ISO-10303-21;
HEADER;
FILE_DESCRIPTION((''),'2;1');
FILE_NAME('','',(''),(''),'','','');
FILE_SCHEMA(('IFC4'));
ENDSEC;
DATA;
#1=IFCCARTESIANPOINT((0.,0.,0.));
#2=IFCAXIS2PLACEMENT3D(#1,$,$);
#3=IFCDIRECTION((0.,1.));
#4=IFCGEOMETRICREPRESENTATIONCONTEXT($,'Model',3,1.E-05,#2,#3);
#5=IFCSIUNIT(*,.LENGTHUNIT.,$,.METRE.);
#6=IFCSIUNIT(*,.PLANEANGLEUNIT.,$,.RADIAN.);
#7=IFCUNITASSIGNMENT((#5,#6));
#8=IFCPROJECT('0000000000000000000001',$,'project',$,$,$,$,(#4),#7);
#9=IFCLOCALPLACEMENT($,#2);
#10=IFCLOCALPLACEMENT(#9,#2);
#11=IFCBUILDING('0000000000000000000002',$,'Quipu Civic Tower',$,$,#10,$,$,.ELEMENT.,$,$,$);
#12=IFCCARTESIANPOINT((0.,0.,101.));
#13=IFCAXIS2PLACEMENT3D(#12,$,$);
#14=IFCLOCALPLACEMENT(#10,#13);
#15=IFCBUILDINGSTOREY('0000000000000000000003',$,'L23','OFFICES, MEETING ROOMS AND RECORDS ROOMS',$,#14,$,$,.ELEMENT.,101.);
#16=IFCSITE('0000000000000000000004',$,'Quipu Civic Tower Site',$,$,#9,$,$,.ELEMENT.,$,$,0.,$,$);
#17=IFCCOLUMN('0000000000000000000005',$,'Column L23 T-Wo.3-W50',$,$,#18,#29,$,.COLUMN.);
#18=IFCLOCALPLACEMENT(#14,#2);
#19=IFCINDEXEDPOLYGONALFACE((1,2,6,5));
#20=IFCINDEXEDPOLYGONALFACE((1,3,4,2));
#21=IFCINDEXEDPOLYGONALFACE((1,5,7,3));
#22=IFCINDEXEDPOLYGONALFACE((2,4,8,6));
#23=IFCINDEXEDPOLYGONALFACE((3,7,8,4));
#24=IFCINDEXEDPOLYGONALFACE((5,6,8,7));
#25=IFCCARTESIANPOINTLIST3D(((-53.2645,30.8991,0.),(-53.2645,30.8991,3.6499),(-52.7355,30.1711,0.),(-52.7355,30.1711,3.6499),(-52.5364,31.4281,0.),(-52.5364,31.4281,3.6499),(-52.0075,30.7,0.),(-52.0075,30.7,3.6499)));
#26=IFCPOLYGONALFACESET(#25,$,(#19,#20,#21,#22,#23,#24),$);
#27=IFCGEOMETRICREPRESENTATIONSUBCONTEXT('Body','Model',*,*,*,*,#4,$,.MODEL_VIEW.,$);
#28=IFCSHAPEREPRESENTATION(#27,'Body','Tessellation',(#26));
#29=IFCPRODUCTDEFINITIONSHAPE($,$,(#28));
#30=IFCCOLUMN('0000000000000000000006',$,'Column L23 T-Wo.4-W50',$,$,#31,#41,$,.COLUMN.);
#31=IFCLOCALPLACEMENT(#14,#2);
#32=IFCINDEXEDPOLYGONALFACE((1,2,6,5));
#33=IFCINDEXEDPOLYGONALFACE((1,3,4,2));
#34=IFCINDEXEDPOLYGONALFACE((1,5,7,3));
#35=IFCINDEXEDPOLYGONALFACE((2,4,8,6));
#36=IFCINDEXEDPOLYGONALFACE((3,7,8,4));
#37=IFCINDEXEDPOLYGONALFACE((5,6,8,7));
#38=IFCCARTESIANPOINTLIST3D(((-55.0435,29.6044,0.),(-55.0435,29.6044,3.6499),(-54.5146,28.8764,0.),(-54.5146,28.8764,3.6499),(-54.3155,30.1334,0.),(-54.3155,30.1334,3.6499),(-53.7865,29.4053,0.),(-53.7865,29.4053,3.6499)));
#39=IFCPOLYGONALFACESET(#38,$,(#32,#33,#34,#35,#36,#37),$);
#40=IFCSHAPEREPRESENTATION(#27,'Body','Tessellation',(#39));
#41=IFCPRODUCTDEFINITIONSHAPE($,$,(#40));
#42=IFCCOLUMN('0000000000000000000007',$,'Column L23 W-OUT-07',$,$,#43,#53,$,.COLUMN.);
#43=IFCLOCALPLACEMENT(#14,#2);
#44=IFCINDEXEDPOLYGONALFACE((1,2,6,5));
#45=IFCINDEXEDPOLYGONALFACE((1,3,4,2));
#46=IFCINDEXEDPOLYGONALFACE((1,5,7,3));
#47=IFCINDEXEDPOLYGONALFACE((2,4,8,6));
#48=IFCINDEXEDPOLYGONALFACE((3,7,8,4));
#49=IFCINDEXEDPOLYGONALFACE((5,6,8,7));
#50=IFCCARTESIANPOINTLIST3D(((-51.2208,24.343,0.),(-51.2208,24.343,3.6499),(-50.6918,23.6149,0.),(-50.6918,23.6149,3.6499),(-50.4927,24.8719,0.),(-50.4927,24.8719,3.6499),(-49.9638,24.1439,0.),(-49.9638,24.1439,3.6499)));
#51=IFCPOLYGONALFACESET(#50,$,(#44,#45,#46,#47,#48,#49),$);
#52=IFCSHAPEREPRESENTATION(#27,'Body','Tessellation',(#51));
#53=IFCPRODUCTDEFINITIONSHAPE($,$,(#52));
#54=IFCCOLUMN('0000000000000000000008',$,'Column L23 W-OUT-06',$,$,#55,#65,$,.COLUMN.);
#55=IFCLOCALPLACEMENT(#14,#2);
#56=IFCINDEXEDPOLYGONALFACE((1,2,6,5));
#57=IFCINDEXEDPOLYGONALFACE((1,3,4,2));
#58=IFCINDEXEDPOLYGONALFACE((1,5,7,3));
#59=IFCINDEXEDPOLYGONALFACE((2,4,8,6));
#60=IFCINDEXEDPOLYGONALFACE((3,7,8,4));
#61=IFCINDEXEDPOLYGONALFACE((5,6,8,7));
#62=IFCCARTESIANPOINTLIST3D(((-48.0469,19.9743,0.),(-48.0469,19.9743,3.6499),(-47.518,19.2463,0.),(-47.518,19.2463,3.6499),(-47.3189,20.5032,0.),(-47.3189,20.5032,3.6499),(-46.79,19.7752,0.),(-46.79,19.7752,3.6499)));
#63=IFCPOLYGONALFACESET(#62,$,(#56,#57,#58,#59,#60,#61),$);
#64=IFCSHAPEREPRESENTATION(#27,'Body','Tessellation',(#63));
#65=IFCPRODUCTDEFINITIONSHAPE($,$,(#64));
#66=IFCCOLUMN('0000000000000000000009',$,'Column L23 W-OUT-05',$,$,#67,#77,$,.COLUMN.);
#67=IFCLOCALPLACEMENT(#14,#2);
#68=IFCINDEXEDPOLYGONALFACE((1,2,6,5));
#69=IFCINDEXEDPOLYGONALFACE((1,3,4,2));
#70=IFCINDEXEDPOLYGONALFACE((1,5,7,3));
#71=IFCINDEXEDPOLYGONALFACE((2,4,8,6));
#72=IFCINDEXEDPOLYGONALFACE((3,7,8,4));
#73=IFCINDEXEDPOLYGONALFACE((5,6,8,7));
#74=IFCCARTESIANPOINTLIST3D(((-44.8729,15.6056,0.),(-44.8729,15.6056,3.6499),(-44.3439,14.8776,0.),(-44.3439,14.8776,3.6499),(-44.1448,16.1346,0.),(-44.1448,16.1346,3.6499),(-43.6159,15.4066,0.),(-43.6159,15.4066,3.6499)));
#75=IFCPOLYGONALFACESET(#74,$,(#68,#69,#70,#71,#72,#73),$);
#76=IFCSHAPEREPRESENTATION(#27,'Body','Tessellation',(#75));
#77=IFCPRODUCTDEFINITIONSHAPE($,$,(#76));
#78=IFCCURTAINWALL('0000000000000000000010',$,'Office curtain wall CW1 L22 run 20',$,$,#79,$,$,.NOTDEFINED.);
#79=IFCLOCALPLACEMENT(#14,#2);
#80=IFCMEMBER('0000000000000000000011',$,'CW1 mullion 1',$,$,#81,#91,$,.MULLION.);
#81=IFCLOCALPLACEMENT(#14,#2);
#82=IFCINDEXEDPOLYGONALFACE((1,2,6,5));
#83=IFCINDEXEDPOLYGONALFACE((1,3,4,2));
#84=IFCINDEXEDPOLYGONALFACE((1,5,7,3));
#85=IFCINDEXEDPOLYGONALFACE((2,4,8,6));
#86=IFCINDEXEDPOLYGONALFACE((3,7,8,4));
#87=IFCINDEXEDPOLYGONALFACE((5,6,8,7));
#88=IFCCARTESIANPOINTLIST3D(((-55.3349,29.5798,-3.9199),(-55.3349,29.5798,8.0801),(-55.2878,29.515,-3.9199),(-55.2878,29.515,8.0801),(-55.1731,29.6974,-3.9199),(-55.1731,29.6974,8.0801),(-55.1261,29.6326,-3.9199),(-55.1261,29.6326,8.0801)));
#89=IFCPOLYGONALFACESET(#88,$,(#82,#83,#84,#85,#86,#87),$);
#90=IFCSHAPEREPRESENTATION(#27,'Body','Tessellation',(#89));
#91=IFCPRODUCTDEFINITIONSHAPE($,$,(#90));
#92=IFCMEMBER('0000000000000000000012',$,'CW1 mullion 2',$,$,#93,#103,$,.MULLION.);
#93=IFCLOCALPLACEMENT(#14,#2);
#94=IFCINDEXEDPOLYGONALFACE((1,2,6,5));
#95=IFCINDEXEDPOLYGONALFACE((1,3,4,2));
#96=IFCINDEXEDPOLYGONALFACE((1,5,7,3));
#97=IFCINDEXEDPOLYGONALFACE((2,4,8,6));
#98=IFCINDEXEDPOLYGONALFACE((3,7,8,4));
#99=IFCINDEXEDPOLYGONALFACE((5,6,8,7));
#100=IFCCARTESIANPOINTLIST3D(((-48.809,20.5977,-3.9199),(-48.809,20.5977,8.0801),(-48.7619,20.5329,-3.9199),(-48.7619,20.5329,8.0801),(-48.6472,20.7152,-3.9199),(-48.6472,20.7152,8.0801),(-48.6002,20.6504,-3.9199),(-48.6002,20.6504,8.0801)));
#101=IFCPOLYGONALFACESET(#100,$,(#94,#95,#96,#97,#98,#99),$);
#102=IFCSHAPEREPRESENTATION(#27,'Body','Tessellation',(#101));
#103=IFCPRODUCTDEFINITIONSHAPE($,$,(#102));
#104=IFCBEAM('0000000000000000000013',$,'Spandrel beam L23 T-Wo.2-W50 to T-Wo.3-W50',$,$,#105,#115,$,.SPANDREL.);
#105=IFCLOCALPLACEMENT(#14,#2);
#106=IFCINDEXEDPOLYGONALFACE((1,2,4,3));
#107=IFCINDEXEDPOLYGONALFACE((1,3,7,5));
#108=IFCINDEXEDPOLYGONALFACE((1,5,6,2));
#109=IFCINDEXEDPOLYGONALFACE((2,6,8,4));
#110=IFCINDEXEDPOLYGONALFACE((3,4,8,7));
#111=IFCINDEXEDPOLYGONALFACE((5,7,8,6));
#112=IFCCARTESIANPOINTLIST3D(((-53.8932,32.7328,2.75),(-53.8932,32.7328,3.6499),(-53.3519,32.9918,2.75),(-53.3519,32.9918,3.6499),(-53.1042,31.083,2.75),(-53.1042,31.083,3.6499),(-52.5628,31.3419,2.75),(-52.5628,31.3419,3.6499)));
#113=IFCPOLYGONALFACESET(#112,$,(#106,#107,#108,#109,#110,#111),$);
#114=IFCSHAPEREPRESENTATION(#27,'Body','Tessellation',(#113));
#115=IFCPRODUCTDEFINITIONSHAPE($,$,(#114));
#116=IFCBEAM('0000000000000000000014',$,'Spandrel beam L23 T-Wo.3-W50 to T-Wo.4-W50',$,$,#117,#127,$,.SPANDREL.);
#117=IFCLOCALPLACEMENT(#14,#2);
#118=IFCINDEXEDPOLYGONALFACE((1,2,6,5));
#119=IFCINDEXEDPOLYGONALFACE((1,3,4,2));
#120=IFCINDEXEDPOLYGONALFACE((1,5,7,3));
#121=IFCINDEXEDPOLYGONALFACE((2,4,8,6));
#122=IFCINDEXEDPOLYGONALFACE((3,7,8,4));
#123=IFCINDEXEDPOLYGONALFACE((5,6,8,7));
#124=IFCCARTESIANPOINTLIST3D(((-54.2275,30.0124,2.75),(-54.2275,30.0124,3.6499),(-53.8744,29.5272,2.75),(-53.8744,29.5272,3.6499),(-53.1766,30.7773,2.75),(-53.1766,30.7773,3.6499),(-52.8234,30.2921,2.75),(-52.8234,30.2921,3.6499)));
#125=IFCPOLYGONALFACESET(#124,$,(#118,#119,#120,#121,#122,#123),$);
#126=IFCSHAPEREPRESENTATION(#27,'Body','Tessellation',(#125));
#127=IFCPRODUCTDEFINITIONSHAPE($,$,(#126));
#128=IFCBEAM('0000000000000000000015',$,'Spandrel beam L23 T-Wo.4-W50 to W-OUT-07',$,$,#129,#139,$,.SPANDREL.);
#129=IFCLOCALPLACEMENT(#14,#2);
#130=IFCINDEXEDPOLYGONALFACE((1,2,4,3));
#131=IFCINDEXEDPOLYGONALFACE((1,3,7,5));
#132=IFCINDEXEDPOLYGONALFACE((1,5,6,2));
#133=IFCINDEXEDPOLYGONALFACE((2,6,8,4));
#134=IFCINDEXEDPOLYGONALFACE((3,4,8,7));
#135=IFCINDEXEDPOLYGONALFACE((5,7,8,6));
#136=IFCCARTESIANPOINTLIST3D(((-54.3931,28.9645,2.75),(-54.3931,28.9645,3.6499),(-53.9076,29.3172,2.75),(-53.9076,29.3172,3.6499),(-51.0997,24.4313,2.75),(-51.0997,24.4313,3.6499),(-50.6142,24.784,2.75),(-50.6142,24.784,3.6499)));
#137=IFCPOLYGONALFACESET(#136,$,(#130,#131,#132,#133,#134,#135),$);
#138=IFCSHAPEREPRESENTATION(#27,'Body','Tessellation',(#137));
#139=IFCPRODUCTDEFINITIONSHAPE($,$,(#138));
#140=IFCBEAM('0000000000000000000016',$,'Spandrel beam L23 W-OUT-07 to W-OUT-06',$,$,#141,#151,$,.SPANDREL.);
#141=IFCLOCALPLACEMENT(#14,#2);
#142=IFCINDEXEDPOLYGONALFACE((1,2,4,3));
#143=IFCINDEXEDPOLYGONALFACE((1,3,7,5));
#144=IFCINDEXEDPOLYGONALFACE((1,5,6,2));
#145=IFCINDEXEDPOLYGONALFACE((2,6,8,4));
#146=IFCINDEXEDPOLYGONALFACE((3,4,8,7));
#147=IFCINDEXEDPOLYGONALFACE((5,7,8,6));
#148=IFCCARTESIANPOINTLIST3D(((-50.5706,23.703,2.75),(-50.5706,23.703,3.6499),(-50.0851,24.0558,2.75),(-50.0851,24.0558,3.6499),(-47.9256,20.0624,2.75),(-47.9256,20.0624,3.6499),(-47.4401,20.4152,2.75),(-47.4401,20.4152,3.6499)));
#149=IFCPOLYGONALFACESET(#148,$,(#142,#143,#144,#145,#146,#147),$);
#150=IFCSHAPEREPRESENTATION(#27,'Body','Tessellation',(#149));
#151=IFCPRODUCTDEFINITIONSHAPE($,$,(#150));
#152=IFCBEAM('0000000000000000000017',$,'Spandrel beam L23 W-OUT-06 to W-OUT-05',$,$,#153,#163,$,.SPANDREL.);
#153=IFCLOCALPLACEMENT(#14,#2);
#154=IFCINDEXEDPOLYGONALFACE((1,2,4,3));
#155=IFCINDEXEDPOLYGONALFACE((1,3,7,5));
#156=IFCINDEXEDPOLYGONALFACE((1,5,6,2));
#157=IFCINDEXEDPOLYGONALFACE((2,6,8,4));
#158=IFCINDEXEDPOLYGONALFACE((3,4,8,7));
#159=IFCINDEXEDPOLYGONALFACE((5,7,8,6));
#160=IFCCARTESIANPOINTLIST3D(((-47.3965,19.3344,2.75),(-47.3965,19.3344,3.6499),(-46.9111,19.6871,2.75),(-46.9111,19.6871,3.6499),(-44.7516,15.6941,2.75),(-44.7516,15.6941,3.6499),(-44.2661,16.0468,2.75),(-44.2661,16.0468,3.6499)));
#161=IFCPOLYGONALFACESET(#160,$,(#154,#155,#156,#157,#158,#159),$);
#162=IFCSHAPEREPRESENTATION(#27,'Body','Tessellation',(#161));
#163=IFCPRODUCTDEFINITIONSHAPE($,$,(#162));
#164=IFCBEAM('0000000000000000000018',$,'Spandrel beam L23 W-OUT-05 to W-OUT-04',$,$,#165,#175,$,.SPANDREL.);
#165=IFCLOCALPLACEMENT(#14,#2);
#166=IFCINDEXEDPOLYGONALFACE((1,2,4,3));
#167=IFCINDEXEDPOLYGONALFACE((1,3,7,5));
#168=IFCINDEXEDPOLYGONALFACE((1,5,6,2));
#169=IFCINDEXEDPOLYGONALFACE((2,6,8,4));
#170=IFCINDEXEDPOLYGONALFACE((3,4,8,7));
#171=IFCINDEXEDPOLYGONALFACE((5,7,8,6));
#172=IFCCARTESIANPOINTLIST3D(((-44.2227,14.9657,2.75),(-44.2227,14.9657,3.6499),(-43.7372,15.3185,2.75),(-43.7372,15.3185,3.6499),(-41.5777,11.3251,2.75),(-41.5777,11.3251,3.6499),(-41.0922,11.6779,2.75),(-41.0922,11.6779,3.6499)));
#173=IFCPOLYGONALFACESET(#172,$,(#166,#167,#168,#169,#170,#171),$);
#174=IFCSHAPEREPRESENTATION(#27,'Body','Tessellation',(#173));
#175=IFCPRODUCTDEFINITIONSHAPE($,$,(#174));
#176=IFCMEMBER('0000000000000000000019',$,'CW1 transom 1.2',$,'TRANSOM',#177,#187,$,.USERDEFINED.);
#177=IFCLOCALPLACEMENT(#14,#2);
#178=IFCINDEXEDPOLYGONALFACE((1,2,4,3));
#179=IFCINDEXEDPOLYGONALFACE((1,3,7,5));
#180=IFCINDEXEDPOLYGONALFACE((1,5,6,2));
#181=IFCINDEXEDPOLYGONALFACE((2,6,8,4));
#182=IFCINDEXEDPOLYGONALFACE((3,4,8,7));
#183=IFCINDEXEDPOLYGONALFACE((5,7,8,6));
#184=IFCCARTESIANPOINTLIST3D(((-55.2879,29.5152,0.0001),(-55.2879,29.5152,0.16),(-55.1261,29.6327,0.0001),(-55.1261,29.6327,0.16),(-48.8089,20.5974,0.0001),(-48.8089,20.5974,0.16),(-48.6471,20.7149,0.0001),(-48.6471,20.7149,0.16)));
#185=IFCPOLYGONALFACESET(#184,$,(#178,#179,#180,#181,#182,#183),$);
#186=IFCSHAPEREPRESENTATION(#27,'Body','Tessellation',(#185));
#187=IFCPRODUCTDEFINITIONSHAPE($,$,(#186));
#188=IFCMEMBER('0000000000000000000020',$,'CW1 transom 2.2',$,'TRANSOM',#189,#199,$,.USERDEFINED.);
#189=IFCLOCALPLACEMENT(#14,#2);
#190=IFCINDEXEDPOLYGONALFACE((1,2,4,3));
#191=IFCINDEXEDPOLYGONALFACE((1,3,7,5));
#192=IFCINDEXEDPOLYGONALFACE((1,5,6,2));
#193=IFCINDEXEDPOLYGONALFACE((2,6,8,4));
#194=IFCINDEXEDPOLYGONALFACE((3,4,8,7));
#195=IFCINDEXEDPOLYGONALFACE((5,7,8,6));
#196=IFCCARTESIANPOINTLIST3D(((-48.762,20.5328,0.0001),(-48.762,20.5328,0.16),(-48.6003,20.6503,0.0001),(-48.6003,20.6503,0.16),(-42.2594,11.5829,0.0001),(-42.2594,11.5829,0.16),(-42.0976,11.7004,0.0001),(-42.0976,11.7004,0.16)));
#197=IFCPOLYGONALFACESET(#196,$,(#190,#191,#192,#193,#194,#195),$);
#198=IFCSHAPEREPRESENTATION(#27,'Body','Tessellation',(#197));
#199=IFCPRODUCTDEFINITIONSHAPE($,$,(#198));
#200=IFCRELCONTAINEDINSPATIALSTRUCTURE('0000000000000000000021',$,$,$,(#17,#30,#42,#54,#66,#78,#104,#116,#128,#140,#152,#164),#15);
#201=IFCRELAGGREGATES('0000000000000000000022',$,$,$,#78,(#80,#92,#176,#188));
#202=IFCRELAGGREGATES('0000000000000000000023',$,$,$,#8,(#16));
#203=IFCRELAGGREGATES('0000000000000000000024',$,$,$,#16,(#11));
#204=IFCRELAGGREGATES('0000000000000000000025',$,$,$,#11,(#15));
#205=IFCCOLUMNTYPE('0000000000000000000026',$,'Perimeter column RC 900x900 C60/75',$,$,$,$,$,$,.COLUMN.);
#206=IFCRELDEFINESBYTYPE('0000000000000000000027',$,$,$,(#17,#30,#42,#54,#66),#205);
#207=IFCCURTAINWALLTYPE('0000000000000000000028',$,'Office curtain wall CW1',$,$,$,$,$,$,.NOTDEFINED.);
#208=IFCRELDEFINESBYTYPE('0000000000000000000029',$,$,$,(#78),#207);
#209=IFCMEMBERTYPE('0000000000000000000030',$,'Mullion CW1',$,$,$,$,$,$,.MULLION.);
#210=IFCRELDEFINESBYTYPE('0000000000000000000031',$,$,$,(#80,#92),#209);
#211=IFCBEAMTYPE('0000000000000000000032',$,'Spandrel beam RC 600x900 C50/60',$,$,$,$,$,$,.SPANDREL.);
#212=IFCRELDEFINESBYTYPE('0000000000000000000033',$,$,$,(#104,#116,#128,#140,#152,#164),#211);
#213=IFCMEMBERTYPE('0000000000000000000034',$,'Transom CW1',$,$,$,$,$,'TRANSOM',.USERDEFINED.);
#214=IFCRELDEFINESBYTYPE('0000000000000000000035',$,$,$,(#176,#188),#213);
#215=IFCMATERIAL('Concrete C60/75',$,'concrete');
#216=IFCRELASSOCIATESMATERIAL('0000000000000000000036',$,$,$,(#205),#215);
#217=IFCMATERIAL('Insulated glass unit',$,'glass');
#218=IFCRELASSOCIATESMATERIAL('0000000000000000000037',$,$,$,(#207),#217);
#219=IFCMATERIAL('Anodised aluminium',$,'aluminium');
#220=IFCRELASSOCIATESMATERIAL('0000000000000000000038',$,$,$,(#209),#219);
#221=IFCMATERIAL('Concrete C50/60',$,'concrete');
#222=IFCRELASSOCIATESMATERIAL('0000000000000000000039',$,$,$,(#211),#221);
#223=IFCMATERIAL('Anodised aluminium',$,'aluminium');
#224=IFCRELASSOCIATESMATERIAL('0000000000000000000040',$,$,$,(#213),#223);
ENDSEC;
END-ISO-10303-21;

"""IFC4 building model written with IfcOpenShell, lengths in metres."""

from ifc_helpers import new_model, si_unit, direction, frame, origin, origin_2d, place, context, subcontext, project, spatial, rectangle, extrude, material, material_profile, profile_set, type_object, element, aggregate, save


model = new_model("IFC4")

# Units and contexts
model_context = context("Model", 3, precision=1e-05, world=origin(), true_north=direction((0.0, 1.0)))
body_context = subcontext(model_context, "Body", "Model", "MODEL_VIEW")
ifc_project = project(units=[si_unit("LENGTHUNIT", "METRE"), si_unit("PLANEANGLEUNIT", "RADIAN")], contexts=[model_context])

# Site, building, storey
site_placement = place(None, origin())
site = spatial("IfcSite", under=ifc_project, at=site_placement, Name="Quipu Civic Tower Site", CompositionType="ELEMENT", RefElevation=0.0)
building_placement = place(site_placement, origin())
building = spatial("IfcBuilding", under=site, at=building_placement, Name="Quipu Civic Tower", CompositionType="ELEMENT")
storey_placement = place(building_placement, frame((0.0, 0.0, 101.0)))
storey = spatial("IfcBuildingStorey", under=building, at=storey_placement, Name="L23", Description="OFFICES, MEETING ROOMS AND RECORDS ROOMS", CompositionType="ELEMENT", Elevation=101.0)

# Columns
ifc_material_1 = material(Name="Concrete C60/75", Category="concrete")
ifc_material_profile_1 = material_profile(ifc_material_1, rectangle(XDim=0.8999, YDim=0.8999, at=origin_2d()), Name="RC900x900")
ifc_profile_set_1 = profile_set([ifc_material_profile_1], Name="Concrete C60/75")
column_type = type_object("IfcColumnType", Name="Perimeter column RC 900x900 C60/75", PredefinedType="COLUMN", material=ifc_profile_set_1)
for number, where, z_axis, x_axis, name in (
    (1, (-52.636, 30.7996, 0.0), (0.0, 0.0, 1.0), (-0.809017, -0.587785, 0.0), "Column L23 T-Wo.3-W50"),
    (2, (-54.415, 29.5049, 0.0), (0.0, 0.0, 1.0), (0.587785, -0.809017, 0.0), "Column L23 T-Wo.4-W50"),
    (3, (-50.5923, 24.2434, 0.0), (0.0, 0.0, 1.0), (0.587785, -0.809017, 0.0), "Column L23 W-OUT-07"),
    (4, (-47.4185, 19.8748, 0.0), (0.0, 0.0, 1.0), (0.587785, -0.809017, 0.0), "Column L23 W-OUT-06"),
    (5, (-44.2444, 15.5061, 0.0), (0.0, 0.0, 1.0), (0.587785, -0.809017, 0.0), "Column L23 W-OUT-05"),
):
    element("IfcColumn", number, at=place(storey_placement, frame(where, z_axis=z_axis, x_axis=x_axis)), inside=storey, type_object=column_type, Name=name, PredefinedType="COLUMN", context=body_context, shape_type="SweptSolid", body=[
        extrude(rectangle(XDim=0.8999, YDim=0.8999, at=origin_2d()), origin(), (0.0, 0.0, 1.0), 3.6499),
    ])

# Curtain wall, members
ifc_material_2 = material(Name="Insulated glass unit", Category="glass")
curtain_wall_type = type_object("IfcCurtainWallType", Name="Office curtain wall CW1", PredefinedType="NOTDEFINED", material=ifc_material_2)
curtain_wall_placement = place(storey_placement, origin())
curtain_wall = element("IfcCurtainWall", 6, at=curtain_wall_placement, inside=storey, type_object=curtain_wall_type, Name="Office curtain wall CW1 L22 run 20", PredefinedType="NOTDEFINED")
ifc_material_3 = material(Name="Anodised aluminium", Category="aluminium")
ifc_material_profile_2 = material_profile(ifc_material_3, rectangle(XDim=0.2, YDim=0.0801, at=origin_2d()), Name="RECT 200x80")
ifc_profile_set_2 = profile_set([ifc_material_profile_2], Name="Anodised aluminium")
member_type_1 = type_object("IfcMemberType", Name="Mullion CW1", PredefinedType="MULLION", material=ifc_profile_set_2)
member_1_placement = place(storey_placement, frame((-55.2305, 29.6062, -3.9199), z_axis=(0.0, 0.0, 1.0), x_axis=(0.809017, 0.587786, 0.0)))
member_1 = element("IfcMember", 7, at=member_1_placement, type_object=member_type_1, Name="CW1 mullion 1", PredefinedType="MULLION", context=body_context, shape_type="SweptSolid", body=[
    extrude(rectangle(XDim=0.2, YDim=0.0801, at=origin_2d()), origin(), (0.0, 0.0, 1.0), 12.0),
])
member_2_placement = place(storey_placement, frame((-48.7046, 20.624, -3.9199), z_axis=(0.0, 0.0, 1.0), x_axis=(0.809017, 0.587786, 0.0)))
member_2 = element("IfcMember", 8, at=member_2_placement, type_object=member_type_1, Name="CW1 mullion 2", PredefinedType="MULLION", context=body_context, shape_type="SweptSolid", body=[
    extrude(rectangle(XDim=0.2, YDim=0.0801, at=origin_2d()), origin(), (0.0, 0.0, 1.0), 12.0),
])

# Beams
ifc_material_4 = material(Name="Concrete C50/60", Category="concrete")
ifc_material_profile_3 = material_profile(ifc_material_4, rectangle(XDim=0.6001, YDim=0.8999, at=origin_2d()), Name="RC600x900")
ifc_profile_set_3 = profile_set([ifc_material_profile_3], Name="Concrete C50/60")
beam_type = type_object("IfcBeamType", Name="Spandrel beam RC 600x900 C50/60", PredefinedType="SPANDREL", material=ifc_profile_set_3)
beam_1_placement = place(storey_placement, frame((-53.6226, 32.8623, 3.2), z_axis=(0.431446, -0.902139, 0.0), x_axis=(0.902139, 0.431446, 0.0)))
element("IfcBeam", 9, at=beam_1_placement, inside=storey, type_object=beam_type, Name="Spandrel beam L23 T-Wo.2-W50 to T-Wo.3-W50", PredefinedType="SPANDREL", context=body_context, shape_type="SweptSolid", body=[
    extrude(rectangle(XDim=0.6001, YDim=0.8999, at=origin_2d()), origin(), (0.0, 0.0, 1.0), 1.8289),
])
beam_2_placement = place(storey_placement, frame((-53.0, 30.5347, 3.2), z_axis=(-0.808549, -0.588429, 0.0), x_axis=(0.588429, -0.808549, 0.0)))
element("IfcBeam", 10, at=beam_2_placement, inside=storey, type_object=beam_type, Name="Spandrel beam L23 T-Wo.3-W50 to T-Wo.4-W50", PredefinedType="SPANDREL", context=body_context, shape_type="SweptSolid", body=[
    extrude(rectangle(XDim=0.6001, YDim=0.8999, at=origin_2d()), origin(), (0.0, 0.0, 1.0), 1.2998),
])
beam_3_placement = place(storey_placement, frame((-54.1504, 29.1409, 3.2), z_axis=(0.587773, -0.809026, 0.0), x_axis=(0.809026, 0.587773, 0.0)))
element("IfcBeam", 11, at=beam_3_placement, inside=storey, type_object=beam_type, Name="Spandrel beam L23 T-Wo.4-W50 to W-OUT-07", PredefinedType="SPANDREL", context=body_context, shape_type="SweptSolid", body=[
    extrude(rectangle(XDim=0.6001, YDim=0.8999, at=origin_2d()), origin(), (0.0, 0.0, 1.0), 5.6033),
])
beam_4_placement = place(storey_placement, frame((-50.3279, 23.8794, 3.2), z_axis=(0.587778, -0.809022, 0.0), x_axis=(0.809022, 0.587778, 0.0)))
element("IfcBeam", 12, at=beam_4_placement, inside=storey, type_object=beam_type, Name="Spandrel beam L23 W-OUT-07 to W-OUT-06", PredefinedType="SPANDREL", context=body_context, shape_type="SweptSolid", body=[
    extrude(rectangle(XDim=0.6001, YDim=0.8999, at=origin_2d()), origin(), (0.0, 0.0, 1.0), 4.5),
])
beam_5_placement = place(storey_placement, frame((-47.1538, 19.5107, 3.2), z_axis=(0.587804, -0.809003, 0.0), x_axis=(0.809003, 0.587804, 0.0)))
element("IfcBeam", 13, at=beam_5_placement, inside=storey, type_object=beam_type, Name="Spandrel beam L23 W-OUT-06 to W-OUT-05", PredefinedType="SPANDREL", context=body_context, shape_type="SweptSolid", body=[
    extrude(rectangle(XDim=0.6001, YDim=0.8999, at=origin_2d()), origin(), (0.0, 0.0, 1.0), 4.4998),
])
beam_6_placement = place(storey_placement, frame((-43.98, 15.1421, 3.2), z_axis=(0.587778, -0.809022, 0.0), x_axis=(0.809022, 0.587778, 0.0)))
element("IfcBeam", 14, at=beam_6_placement, inside=storey, type_object=beam_type, Name="Spandrel beam L23 W-OUT-05 to W-OUT-04", PredefinedType="SPANDREL", context=body_context, shape_type="SweptSolid", body=[
    extrude(rectangle(XDim=0.6001, YDim=0.8999, at=origin_2d()), origin(), (0.0, 0.0, 1.0), 4.5),
])

# Members
ifc_material_5 = material(Name="Anodised aluminium", Category="aluminium")
ifc_material_profile_4 = material_profile(ifc_material_5, rectangle(XDim=0.2, YDim=0.1599, at=origin_2d()), Name="RECT 200x160")
ifc_profile_set_4 = profile_set([ifc_material_profile_4], Name="Anodised aluminium")
member_type_2 = type_object("IfcMemberType", Name="Transom CW1", ElementType="TRANSOM", PredefinedType="USERDEFINED", material=ifc_profile_set_4)
member_3_placement = place(storey_placement, frame((-55.207, 29.574, 0.0801), z_axis=(0.587779, -0.809021, 0.0), x_axis=(0.809021, 0.587779, 0.0)))
member_3 = element("IfcMember", 15, at=member_3_placement, type_object=member_type_2, Name="CW1 transom 1.2", ObjectType="TRANSOM", PredefinedType="USERDEFINED", context=body_context, shape_type="SweptSolid", body=[
    extrude(rectangle(XDim=0.2, YDim=0.1599, at=origin_2d()), origin(), (0.0, 0.0, 1.0), 11.0229),
])
member_4_placement = place(storey_placement, frame((-48.6812, 20.5916, 0.0801), z_axis=(0.587795, -0.80901, 0.0), x_axis=(0.80901, 0.587795, 0.0)))
member_4 = element("IfcMember", 16, at=member_4_placement, type_object=member_type_2, Name="CW1 transom 2.2", ObjectType="TRANSOM", PredefinedType="USERDEFINED", context=body_context, shape_type="SweptSolid", body=[
    extrude(rectangle(XDim=0.2, YDim=0.1599, at=origin_2d()), origin(), (0.0, 0.0, 1.0), 11.0627),
])

aggregate(curtain_wall, [member_1, member_2, member_3, member_4])

save(model, "model.ifc")
